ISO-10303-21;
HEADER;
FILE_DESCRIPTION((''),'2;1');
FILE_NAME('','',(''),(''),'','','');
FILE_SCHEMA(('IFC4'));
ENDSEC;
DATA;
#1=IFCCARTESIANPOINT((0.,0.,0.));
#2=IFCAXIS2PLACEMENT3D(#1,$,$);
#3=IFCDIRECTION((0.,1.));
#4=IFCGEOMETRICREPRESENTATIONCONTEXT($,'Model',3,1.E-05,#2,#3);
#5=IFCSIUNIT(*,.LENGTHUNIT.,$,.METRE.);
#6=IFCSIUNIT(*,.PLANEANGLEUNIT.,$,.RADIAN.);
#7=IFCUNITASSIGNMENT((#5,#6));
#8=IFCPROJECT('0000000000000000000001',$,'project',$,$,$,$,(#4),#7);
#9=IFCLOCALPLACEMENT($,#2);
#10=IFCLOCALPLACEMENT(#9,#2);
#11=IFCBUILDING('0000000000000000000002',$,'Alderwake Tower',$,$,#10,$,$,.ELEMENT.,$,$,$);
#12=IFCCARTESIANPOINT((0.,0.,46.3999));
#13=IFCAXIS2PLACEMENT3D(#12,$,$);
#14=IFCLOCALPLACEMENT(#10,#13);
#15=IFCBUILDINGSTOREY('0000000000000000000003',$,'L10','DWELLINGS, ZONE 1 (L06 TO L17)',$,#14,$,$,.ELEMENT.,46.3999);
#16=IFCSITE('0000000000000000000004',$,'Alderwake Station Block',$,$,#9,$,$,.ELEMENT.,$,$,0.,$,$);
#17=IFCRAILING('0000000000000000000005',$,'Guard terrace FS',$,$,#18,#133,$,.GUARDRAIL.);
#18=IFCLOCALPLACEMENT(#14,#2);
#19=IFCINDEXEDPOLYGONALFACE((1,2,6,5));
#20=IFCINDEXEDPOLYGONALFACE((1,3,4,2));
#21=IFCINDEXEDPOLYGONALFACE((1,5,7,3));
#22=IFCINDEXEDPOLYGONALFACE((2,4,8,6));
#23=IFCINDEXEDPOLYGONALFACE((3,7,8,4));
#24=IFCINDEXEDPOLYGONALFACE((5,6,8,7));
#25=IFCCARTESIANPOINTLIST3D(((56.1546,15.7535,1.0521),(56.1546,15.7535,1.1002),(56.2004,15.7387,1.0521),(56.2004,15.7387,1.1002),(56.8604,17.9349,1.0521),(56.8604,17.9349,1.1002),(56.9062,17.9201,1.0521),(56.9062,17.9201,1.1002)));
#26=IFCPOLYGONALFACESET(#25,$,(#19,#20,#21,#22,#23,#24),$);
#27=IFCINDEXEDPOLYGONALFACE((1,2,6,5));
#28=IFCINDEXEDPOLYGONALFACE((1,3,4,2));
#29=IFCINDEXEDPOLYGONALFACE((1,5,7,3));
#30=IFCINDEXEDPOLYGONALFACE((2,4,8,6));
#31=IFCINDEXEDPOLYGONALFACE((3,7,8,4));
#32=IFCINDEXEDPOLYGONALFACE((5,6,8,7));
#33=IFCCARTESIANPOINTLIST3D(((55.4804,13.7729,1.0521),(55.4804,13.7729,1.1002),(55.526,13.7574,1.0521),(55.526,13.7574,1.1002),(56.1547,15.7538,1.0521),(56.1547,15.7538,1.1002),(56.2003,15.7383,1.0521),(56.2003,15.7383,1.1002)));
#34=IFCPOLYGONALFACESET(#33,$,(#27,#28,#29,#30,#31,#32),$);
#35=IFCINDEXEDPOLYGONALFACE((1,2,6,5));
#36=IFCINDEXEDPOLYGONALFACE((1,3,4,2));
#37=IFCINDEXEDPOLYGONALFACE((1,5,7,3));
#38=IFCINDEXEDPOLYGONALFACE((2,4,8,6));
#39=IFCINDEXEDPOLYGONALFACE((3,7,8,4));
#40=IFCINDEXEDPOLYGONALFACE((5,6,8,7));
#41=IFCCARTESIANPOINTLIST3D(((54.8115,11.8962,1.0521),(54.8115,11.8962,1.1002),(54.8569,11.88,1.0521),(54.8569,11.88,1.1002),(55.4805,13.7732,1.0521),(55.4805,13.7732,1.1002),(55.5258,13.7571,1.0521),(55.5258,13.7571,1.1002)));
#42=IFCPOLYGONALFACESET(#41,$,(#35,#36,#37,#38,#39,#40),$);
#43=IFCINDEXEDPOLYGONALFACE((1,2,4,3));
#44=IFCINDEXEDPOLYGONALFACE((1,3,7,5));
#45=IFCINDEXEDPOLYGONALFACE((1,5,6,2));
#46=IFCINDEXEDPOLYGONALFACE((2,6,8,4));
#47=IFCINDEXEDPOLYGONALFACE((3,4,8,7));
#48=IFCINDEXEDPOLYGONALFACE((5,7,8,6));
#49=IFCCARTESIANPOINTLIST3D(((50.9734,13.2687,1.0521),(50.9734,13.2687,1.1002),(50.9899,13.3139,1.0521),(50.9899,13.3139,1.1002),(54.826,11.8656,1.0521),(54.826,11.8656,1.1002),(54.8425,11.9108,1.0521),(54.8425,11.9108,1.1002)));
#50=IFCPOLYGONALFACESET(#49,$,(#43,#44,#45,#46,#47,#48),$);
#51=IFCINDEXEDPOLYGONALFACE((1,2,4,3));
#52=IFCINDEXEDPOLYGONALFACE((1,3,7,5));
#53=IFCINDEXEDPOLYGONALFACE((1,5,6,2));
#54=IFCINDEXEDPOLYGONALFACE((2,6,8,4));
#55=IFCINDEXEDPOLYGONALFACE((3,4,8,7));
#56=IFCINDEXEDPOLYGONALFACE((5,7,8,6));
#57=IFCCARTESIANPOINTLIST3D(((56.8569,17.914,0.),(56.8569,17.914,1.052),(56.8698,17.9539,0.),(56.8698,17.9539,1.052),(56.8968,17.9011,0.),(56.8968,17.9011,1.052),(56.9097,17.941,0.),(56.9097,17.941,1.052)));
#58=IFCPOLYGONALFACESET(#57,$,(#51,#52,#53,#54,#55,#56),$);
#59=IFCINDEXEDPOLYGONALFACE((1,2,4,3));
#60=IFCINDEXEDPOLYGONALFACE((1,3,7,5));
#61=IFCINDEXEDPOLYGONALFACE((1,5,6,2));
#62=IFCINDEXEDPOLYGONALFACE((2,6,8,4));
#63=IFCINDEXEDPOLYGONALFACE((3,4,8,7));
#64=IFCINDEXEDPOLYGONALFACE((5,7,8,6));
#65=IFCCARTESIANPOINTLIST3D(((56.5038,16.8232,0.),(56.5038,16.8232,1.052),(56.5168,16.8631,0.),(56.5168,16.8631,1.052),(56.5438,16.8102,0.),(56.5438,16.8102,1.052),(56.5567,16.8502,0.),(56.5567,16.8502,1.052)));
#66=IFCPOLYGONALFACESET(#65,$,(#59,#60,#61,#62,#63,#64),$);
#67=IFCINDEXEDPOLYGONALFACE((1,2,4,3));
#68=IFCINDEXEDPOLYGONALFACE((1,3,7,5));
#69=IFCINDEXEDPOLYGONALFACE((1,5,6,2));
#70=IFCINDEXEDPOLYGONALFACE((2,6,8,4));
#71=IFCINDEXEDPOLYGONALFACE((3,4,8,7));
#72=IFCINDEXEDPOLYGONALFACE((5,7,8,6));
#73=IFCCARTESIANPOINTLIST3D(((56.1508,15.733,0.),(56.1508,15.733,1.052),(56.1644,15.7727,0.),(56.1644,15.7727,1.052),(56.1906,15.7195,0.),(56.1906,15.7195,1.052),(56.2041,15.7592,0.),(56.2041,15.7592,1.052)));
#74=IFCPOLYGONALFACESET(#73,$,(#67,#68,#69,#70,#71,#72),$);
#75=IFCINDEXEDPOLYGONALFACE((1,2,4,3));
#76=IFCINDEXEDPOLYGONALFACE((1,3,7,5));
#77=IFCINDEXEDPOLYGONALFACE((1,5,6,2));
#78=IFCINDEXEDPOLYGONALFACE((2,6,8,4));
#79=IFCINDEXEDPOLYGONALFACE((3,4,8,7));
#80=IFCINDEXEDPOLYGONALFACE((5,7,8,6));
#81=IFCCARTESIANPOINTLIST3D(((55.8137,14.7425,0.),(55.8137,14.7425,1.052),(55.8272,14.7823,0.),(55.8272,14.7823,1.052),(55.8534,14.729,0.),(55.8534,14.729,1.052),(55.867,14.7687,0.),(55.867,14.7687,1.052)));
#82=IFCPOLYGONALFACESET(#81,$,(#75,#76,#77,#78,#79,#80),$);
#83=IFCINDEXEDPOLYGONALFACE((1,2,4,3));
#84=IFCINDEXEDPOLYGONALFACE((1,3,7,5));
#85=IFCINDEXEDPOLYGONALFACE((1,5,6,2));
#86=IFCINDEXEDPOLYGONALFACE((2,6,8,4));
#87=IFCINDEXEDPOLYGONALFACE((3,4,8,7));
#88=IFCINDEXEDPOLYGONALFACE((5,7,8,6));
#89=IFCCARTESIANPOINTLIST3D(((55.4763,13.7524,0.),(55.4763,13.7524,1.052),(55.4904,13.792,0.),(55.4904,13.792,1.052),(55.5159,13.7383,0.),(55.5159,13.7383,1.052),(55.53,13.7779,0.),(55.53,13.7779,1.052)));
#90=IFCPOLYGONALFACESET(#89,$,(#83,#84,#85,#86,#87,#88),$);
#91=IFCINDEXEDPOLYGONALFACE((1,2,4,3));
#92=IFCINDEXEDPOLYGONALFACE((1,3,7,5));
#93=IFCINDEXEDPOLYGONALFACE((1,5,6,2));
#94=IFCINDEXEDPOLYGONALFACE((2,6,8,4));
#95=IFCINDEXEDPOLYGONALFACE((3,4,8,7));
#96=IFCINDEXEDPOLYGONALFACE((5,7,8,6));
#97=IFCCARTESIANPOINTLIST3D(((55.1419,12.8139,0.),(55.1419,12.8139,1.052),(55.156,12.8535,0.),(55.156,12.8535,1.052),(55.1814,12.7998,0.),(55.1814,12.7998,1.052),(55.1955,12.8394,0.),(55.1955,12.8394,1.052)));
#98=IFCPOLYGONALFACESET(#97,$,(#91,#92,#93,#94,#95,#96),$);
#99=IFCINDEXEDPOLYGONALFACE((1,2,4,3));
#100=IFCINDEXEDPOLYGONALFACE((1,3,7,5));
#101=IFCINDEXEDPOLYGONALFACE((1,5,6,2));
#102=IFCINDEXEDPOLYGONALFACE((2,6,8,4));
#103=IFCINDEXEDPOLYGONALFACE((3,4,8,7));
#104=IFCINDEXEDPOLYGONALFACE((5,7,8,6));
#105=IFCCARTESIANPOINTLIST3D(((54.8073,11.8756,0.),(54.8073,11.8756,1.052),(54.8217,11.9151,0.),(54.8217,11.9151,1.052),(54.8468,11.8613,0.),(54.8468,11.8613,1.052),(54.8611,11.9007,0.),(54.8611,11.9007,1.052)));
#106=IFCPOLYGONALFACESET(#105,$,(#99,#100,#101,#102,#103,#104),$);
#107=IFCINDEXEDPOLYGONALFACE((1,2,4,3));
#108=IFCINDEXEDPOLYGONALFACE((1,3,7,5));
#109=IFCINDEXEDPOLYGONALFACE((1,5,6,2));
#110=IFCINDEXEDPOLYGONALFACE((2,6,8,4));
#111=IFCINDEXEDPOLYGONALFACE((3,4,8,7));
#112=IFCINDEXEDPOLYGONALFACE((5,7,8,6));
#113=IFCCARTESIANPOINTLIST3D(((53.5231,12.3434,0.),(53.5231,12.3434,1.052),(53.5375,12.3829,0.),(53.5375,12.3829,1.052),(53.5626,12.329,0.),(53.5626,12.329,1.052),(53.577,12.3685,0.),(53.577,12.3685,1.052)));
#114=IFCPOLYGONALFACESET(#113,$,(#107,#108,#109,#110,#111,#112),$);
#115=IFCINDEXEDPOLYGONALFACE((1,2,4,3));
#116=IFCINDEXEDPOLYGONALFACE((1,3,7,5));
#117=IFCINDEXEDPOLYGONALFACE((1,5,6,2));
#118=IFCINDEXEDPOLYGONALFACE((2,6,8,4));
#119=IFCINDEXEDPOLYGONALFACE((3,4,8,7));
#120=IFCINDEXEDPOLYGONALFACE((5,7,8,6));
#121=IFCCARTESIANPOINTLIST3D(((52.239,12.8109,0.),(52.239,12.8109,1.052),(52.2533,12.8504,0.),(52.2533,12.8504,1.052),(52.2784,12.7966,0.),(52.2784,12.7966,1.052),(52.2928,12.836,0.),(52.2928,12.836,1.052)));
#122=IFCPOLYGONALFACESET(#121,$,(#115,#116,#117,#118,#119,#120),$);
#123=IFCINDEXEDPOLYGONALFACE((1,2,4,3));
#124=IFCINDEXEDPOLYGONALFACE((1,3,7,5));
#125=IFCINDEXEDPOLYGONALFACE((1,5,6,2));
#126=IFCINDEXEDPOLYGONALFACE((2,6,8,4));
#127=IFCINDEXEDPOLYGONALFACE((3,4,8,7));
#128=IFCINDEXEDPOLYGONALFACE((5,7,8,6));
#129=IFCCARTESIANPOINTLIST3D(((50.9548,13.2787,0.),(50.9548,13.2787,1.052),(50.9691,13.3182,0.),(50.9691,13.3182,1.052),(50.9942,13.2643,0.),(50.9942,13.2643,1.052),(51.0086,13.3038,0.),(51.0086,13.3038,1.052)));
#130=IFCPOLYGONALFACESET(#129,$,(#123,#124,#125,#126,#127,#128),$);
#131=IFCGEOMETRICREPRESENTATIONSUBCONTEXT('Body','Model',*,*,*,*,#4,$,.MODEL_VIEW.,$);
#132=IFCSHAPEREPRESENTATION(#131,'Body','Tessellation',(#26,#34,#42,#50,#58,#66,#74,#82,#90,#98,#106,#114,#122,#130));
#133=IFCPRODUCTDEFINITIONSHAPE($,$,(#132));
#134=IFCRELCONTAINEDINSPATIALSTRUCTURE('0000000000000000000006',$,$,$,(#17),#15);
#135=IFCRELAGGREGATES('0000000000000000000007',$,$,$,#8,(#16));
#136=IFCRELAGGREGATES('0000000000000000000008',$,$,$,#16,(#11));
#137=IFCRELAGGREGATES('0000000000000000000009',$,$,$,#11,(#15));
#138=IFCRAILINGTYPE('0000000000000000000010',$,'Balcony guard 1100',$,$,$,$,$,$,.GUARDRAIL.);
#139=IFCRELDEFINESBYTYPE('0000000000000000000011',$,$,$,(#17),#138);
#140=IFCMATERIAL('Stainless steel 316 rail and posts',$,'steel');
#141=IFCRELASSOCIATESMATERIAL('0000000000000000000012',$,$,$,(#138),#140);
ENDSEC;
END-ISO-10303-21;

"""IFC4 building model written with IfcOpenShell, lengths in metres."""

from ifc_helpers import new_model, si_unit, direction, frame, origin, origin_2d, place, context, subcontext, project, spatial, rectangle, extrude, material, type_object, element, save


model = new_model("IFC4")

# Units and contexts
model_context = context("Model", 3, precision=1e-05, world=origin(), true_north=direction((0.0, 1.0)))
body_context = subcontext(model_context, "Body", "Model", "MODEL_VIEW")
ifc_project = project(units=[si_unit("LENGTHUNIT", "METRE"), si_unit("PLANEANGLEUNIT", "RADIAN")], contexts=[model_context])

# Site, building, storey
site_placement = place(None, origin())
site = spatial("IfcSite", under=ifc_project, at=site_placement, Name="Alderwake Station Block", CompositionType="ELEMENT", RefElevation=0.0)
building_placement = place(site_placement, origin())
building = spatial("IfcBuilding", under=site, at=building_placement, Name="Alderwake Tower", CompositionType="ELEMENT")
storey_placement = place(building_placement, frame((0.0, 0.0, 46.3999)))
storey = spatial("IfcBuildingStorey", under=building, at=storey_placement, Name="L10", Description="DWELLINGS, ZONE 1 (L06 TO L17)", CompositionType="ELEMENT", Elevation=46.3999)

# Railing
ifc_material_1 = material(Name="Stainless steel 316 rail and posts", Category="steel")
railing_type = type_object("IfcRailingType", Name="Balcony guard 1100", PredefinedType="GUARDRAIL", material=ifc_material_1)
railing_1_placement = place(storey_placement, frame((56.8833, 17.9275, 0.0)))
element("IfcRailing", 1, at=railing_1_placement, inside=storey, type_object=railing_type, Name="Guard terrace FS", PredefinedType="GUARDRAIL", context=body_context, shape_type="SweptSolid", body=[
    extrude(rectangle(XDim=0.0481, YDim=0.0481, at=origin_2d()), frame((0.0, 0.0, 1.0762), z_axis=(-0.307846, -0.951436, 0.0), x_axis=(0.951436, -0.307846, 0.0)), (0.0, 0.0, 1.0), 2.2927),
    extrude(rectangle(XDim=0.0481, YDim=0.0481, at=origin_2d()), frame((-0.7058, -2.1814, 1.0762), z_axis=(-0.322242, -0.946657, 0.0), x_axis=(0.946657, -0.322242, 0.0)), (0.0, 0.0, 1.0), 2.0925),
    extrude(rectangle(XDim=0.0481, YDim=0.0481, at=origin_2d()), frame((-1.3801, -4.1624, 1.0762), z_axis=(-0.335715, -0.941963, 0.0), x_axis=(0.941963, -0.335715, 0.0)), (0.0, 0.0, 1.0), 1.9927),
    extrude(rectangle(XDim=0.0481, YDim=0.0481, at=origin_2d()), frame((-2.0491, -6.0393, 1.0762), z_axis=(-0.939625, 0.342207, 0.0), x_axis=(-0.342207, -0.939625, 0.0)), (0.0, 0.0, 1.0), 4.1001),
    extrude(rectangle(XDim=0.042, YDim=0.042, at=origin_2d()), frame((0.0, 0.0, 0.0), z_axis=(0.0, 0.0, 1.0), x_axis=(-0.307846, -0.951436, 0.0)), (0.0, 0.0, 1.0), 1.052),
    extrude(rectangle(XDim=0.042, YDim=0.042, at=origin_2d()), frame((-0.353, -1.0908, 0.0), z_axis=(0.0, 0.0, 1.0), x_axis=(-0.307846, -0.951436, 0.0)), (0.0, 0.0, 1.0), 1.052),
    extrude(rectangle(XDim=0.042, YDim=0.042, at=origin_2d()), frame((-0.7058, -2.1814, 0.0), z_axis=(0.0, 0.0, 1.0), x_axis=(-0.322242, -0.946657, 0.0)), (0.0, 0.0, 1.0), 1.052),
    extrude(rectangle(XDim=0.042, YDim=0.042, at=origin_2d()), frame((-1.043, -3.1719, 0.0), z_axis=(0.0, 0.0, 1.0), x_axis=(-0.322242, -0.946657, 0.0)), (0.0, 0.0, 1.0), 1.052),
    extrude(rectangle(XDim=0.042, YDim=0.042, at=origin_2d()), frame((-1.3801, -4.1624, 0.0), z_axis=(0.0, 0.0, 1.0), x_axis=(-0.335715, -0.941963, 0.0)), (0.0, 0.0, 1.0), 1.052),
    extrude(rectangle(XDim=0.042, YDim=0.042, at=origin_2d()), frame((-1.7146, -5.1008, 0.0), z_axis=(0.0, 0.0, 1.0), x_axis=(-0.335715, -0.941963, 0.0)), (0.0, 0.0, 1.0), 1.052),
    extrude(rectangle(XDim=0.042, YDim=0.042, at=origin_2d()), frame((-2.0491, -6.0393, 0.0), z_axis=(0.0, 0.0, 1.0), x_axis=(-0.939625, 0.342207, 0.0)), (0.0, 0.0, 1.0), 1.052),
    extrude(rectangle(XDim=0.042, YDim=0.042, at=origin_2d()), frame((-3.3333, -5.5715, 0.0), z_axis=(0.0, 0.0, 1.0), x_axis=(-0.939625, 0.342207, 0.0)), (0.0, 0.0, 1.0), 1.052),
    extrude(rectangle(XDim=0.042, YDim=0.042, at=origin_2d()), frame((-4.6174, -5.104, 0.0), z_axis=(0.0, 0.0, 1.0), x_axis=(-0.939625, 0.342207, 0.0)), (0.0, 0.0, 1.0), 1.052),
    extrude(rectangle(XDim=0.042, YDim=0.042, at=origin_2d()), frame((-5.9016, -4.6362, 0.0), z_axis=(0.0, 0.0, 1.0), x_axis=(-0.939625, 0.342207, 0.0)), (0.0, 0.0, 1.0), 1.052),
])

save(model, "model.ifc")
